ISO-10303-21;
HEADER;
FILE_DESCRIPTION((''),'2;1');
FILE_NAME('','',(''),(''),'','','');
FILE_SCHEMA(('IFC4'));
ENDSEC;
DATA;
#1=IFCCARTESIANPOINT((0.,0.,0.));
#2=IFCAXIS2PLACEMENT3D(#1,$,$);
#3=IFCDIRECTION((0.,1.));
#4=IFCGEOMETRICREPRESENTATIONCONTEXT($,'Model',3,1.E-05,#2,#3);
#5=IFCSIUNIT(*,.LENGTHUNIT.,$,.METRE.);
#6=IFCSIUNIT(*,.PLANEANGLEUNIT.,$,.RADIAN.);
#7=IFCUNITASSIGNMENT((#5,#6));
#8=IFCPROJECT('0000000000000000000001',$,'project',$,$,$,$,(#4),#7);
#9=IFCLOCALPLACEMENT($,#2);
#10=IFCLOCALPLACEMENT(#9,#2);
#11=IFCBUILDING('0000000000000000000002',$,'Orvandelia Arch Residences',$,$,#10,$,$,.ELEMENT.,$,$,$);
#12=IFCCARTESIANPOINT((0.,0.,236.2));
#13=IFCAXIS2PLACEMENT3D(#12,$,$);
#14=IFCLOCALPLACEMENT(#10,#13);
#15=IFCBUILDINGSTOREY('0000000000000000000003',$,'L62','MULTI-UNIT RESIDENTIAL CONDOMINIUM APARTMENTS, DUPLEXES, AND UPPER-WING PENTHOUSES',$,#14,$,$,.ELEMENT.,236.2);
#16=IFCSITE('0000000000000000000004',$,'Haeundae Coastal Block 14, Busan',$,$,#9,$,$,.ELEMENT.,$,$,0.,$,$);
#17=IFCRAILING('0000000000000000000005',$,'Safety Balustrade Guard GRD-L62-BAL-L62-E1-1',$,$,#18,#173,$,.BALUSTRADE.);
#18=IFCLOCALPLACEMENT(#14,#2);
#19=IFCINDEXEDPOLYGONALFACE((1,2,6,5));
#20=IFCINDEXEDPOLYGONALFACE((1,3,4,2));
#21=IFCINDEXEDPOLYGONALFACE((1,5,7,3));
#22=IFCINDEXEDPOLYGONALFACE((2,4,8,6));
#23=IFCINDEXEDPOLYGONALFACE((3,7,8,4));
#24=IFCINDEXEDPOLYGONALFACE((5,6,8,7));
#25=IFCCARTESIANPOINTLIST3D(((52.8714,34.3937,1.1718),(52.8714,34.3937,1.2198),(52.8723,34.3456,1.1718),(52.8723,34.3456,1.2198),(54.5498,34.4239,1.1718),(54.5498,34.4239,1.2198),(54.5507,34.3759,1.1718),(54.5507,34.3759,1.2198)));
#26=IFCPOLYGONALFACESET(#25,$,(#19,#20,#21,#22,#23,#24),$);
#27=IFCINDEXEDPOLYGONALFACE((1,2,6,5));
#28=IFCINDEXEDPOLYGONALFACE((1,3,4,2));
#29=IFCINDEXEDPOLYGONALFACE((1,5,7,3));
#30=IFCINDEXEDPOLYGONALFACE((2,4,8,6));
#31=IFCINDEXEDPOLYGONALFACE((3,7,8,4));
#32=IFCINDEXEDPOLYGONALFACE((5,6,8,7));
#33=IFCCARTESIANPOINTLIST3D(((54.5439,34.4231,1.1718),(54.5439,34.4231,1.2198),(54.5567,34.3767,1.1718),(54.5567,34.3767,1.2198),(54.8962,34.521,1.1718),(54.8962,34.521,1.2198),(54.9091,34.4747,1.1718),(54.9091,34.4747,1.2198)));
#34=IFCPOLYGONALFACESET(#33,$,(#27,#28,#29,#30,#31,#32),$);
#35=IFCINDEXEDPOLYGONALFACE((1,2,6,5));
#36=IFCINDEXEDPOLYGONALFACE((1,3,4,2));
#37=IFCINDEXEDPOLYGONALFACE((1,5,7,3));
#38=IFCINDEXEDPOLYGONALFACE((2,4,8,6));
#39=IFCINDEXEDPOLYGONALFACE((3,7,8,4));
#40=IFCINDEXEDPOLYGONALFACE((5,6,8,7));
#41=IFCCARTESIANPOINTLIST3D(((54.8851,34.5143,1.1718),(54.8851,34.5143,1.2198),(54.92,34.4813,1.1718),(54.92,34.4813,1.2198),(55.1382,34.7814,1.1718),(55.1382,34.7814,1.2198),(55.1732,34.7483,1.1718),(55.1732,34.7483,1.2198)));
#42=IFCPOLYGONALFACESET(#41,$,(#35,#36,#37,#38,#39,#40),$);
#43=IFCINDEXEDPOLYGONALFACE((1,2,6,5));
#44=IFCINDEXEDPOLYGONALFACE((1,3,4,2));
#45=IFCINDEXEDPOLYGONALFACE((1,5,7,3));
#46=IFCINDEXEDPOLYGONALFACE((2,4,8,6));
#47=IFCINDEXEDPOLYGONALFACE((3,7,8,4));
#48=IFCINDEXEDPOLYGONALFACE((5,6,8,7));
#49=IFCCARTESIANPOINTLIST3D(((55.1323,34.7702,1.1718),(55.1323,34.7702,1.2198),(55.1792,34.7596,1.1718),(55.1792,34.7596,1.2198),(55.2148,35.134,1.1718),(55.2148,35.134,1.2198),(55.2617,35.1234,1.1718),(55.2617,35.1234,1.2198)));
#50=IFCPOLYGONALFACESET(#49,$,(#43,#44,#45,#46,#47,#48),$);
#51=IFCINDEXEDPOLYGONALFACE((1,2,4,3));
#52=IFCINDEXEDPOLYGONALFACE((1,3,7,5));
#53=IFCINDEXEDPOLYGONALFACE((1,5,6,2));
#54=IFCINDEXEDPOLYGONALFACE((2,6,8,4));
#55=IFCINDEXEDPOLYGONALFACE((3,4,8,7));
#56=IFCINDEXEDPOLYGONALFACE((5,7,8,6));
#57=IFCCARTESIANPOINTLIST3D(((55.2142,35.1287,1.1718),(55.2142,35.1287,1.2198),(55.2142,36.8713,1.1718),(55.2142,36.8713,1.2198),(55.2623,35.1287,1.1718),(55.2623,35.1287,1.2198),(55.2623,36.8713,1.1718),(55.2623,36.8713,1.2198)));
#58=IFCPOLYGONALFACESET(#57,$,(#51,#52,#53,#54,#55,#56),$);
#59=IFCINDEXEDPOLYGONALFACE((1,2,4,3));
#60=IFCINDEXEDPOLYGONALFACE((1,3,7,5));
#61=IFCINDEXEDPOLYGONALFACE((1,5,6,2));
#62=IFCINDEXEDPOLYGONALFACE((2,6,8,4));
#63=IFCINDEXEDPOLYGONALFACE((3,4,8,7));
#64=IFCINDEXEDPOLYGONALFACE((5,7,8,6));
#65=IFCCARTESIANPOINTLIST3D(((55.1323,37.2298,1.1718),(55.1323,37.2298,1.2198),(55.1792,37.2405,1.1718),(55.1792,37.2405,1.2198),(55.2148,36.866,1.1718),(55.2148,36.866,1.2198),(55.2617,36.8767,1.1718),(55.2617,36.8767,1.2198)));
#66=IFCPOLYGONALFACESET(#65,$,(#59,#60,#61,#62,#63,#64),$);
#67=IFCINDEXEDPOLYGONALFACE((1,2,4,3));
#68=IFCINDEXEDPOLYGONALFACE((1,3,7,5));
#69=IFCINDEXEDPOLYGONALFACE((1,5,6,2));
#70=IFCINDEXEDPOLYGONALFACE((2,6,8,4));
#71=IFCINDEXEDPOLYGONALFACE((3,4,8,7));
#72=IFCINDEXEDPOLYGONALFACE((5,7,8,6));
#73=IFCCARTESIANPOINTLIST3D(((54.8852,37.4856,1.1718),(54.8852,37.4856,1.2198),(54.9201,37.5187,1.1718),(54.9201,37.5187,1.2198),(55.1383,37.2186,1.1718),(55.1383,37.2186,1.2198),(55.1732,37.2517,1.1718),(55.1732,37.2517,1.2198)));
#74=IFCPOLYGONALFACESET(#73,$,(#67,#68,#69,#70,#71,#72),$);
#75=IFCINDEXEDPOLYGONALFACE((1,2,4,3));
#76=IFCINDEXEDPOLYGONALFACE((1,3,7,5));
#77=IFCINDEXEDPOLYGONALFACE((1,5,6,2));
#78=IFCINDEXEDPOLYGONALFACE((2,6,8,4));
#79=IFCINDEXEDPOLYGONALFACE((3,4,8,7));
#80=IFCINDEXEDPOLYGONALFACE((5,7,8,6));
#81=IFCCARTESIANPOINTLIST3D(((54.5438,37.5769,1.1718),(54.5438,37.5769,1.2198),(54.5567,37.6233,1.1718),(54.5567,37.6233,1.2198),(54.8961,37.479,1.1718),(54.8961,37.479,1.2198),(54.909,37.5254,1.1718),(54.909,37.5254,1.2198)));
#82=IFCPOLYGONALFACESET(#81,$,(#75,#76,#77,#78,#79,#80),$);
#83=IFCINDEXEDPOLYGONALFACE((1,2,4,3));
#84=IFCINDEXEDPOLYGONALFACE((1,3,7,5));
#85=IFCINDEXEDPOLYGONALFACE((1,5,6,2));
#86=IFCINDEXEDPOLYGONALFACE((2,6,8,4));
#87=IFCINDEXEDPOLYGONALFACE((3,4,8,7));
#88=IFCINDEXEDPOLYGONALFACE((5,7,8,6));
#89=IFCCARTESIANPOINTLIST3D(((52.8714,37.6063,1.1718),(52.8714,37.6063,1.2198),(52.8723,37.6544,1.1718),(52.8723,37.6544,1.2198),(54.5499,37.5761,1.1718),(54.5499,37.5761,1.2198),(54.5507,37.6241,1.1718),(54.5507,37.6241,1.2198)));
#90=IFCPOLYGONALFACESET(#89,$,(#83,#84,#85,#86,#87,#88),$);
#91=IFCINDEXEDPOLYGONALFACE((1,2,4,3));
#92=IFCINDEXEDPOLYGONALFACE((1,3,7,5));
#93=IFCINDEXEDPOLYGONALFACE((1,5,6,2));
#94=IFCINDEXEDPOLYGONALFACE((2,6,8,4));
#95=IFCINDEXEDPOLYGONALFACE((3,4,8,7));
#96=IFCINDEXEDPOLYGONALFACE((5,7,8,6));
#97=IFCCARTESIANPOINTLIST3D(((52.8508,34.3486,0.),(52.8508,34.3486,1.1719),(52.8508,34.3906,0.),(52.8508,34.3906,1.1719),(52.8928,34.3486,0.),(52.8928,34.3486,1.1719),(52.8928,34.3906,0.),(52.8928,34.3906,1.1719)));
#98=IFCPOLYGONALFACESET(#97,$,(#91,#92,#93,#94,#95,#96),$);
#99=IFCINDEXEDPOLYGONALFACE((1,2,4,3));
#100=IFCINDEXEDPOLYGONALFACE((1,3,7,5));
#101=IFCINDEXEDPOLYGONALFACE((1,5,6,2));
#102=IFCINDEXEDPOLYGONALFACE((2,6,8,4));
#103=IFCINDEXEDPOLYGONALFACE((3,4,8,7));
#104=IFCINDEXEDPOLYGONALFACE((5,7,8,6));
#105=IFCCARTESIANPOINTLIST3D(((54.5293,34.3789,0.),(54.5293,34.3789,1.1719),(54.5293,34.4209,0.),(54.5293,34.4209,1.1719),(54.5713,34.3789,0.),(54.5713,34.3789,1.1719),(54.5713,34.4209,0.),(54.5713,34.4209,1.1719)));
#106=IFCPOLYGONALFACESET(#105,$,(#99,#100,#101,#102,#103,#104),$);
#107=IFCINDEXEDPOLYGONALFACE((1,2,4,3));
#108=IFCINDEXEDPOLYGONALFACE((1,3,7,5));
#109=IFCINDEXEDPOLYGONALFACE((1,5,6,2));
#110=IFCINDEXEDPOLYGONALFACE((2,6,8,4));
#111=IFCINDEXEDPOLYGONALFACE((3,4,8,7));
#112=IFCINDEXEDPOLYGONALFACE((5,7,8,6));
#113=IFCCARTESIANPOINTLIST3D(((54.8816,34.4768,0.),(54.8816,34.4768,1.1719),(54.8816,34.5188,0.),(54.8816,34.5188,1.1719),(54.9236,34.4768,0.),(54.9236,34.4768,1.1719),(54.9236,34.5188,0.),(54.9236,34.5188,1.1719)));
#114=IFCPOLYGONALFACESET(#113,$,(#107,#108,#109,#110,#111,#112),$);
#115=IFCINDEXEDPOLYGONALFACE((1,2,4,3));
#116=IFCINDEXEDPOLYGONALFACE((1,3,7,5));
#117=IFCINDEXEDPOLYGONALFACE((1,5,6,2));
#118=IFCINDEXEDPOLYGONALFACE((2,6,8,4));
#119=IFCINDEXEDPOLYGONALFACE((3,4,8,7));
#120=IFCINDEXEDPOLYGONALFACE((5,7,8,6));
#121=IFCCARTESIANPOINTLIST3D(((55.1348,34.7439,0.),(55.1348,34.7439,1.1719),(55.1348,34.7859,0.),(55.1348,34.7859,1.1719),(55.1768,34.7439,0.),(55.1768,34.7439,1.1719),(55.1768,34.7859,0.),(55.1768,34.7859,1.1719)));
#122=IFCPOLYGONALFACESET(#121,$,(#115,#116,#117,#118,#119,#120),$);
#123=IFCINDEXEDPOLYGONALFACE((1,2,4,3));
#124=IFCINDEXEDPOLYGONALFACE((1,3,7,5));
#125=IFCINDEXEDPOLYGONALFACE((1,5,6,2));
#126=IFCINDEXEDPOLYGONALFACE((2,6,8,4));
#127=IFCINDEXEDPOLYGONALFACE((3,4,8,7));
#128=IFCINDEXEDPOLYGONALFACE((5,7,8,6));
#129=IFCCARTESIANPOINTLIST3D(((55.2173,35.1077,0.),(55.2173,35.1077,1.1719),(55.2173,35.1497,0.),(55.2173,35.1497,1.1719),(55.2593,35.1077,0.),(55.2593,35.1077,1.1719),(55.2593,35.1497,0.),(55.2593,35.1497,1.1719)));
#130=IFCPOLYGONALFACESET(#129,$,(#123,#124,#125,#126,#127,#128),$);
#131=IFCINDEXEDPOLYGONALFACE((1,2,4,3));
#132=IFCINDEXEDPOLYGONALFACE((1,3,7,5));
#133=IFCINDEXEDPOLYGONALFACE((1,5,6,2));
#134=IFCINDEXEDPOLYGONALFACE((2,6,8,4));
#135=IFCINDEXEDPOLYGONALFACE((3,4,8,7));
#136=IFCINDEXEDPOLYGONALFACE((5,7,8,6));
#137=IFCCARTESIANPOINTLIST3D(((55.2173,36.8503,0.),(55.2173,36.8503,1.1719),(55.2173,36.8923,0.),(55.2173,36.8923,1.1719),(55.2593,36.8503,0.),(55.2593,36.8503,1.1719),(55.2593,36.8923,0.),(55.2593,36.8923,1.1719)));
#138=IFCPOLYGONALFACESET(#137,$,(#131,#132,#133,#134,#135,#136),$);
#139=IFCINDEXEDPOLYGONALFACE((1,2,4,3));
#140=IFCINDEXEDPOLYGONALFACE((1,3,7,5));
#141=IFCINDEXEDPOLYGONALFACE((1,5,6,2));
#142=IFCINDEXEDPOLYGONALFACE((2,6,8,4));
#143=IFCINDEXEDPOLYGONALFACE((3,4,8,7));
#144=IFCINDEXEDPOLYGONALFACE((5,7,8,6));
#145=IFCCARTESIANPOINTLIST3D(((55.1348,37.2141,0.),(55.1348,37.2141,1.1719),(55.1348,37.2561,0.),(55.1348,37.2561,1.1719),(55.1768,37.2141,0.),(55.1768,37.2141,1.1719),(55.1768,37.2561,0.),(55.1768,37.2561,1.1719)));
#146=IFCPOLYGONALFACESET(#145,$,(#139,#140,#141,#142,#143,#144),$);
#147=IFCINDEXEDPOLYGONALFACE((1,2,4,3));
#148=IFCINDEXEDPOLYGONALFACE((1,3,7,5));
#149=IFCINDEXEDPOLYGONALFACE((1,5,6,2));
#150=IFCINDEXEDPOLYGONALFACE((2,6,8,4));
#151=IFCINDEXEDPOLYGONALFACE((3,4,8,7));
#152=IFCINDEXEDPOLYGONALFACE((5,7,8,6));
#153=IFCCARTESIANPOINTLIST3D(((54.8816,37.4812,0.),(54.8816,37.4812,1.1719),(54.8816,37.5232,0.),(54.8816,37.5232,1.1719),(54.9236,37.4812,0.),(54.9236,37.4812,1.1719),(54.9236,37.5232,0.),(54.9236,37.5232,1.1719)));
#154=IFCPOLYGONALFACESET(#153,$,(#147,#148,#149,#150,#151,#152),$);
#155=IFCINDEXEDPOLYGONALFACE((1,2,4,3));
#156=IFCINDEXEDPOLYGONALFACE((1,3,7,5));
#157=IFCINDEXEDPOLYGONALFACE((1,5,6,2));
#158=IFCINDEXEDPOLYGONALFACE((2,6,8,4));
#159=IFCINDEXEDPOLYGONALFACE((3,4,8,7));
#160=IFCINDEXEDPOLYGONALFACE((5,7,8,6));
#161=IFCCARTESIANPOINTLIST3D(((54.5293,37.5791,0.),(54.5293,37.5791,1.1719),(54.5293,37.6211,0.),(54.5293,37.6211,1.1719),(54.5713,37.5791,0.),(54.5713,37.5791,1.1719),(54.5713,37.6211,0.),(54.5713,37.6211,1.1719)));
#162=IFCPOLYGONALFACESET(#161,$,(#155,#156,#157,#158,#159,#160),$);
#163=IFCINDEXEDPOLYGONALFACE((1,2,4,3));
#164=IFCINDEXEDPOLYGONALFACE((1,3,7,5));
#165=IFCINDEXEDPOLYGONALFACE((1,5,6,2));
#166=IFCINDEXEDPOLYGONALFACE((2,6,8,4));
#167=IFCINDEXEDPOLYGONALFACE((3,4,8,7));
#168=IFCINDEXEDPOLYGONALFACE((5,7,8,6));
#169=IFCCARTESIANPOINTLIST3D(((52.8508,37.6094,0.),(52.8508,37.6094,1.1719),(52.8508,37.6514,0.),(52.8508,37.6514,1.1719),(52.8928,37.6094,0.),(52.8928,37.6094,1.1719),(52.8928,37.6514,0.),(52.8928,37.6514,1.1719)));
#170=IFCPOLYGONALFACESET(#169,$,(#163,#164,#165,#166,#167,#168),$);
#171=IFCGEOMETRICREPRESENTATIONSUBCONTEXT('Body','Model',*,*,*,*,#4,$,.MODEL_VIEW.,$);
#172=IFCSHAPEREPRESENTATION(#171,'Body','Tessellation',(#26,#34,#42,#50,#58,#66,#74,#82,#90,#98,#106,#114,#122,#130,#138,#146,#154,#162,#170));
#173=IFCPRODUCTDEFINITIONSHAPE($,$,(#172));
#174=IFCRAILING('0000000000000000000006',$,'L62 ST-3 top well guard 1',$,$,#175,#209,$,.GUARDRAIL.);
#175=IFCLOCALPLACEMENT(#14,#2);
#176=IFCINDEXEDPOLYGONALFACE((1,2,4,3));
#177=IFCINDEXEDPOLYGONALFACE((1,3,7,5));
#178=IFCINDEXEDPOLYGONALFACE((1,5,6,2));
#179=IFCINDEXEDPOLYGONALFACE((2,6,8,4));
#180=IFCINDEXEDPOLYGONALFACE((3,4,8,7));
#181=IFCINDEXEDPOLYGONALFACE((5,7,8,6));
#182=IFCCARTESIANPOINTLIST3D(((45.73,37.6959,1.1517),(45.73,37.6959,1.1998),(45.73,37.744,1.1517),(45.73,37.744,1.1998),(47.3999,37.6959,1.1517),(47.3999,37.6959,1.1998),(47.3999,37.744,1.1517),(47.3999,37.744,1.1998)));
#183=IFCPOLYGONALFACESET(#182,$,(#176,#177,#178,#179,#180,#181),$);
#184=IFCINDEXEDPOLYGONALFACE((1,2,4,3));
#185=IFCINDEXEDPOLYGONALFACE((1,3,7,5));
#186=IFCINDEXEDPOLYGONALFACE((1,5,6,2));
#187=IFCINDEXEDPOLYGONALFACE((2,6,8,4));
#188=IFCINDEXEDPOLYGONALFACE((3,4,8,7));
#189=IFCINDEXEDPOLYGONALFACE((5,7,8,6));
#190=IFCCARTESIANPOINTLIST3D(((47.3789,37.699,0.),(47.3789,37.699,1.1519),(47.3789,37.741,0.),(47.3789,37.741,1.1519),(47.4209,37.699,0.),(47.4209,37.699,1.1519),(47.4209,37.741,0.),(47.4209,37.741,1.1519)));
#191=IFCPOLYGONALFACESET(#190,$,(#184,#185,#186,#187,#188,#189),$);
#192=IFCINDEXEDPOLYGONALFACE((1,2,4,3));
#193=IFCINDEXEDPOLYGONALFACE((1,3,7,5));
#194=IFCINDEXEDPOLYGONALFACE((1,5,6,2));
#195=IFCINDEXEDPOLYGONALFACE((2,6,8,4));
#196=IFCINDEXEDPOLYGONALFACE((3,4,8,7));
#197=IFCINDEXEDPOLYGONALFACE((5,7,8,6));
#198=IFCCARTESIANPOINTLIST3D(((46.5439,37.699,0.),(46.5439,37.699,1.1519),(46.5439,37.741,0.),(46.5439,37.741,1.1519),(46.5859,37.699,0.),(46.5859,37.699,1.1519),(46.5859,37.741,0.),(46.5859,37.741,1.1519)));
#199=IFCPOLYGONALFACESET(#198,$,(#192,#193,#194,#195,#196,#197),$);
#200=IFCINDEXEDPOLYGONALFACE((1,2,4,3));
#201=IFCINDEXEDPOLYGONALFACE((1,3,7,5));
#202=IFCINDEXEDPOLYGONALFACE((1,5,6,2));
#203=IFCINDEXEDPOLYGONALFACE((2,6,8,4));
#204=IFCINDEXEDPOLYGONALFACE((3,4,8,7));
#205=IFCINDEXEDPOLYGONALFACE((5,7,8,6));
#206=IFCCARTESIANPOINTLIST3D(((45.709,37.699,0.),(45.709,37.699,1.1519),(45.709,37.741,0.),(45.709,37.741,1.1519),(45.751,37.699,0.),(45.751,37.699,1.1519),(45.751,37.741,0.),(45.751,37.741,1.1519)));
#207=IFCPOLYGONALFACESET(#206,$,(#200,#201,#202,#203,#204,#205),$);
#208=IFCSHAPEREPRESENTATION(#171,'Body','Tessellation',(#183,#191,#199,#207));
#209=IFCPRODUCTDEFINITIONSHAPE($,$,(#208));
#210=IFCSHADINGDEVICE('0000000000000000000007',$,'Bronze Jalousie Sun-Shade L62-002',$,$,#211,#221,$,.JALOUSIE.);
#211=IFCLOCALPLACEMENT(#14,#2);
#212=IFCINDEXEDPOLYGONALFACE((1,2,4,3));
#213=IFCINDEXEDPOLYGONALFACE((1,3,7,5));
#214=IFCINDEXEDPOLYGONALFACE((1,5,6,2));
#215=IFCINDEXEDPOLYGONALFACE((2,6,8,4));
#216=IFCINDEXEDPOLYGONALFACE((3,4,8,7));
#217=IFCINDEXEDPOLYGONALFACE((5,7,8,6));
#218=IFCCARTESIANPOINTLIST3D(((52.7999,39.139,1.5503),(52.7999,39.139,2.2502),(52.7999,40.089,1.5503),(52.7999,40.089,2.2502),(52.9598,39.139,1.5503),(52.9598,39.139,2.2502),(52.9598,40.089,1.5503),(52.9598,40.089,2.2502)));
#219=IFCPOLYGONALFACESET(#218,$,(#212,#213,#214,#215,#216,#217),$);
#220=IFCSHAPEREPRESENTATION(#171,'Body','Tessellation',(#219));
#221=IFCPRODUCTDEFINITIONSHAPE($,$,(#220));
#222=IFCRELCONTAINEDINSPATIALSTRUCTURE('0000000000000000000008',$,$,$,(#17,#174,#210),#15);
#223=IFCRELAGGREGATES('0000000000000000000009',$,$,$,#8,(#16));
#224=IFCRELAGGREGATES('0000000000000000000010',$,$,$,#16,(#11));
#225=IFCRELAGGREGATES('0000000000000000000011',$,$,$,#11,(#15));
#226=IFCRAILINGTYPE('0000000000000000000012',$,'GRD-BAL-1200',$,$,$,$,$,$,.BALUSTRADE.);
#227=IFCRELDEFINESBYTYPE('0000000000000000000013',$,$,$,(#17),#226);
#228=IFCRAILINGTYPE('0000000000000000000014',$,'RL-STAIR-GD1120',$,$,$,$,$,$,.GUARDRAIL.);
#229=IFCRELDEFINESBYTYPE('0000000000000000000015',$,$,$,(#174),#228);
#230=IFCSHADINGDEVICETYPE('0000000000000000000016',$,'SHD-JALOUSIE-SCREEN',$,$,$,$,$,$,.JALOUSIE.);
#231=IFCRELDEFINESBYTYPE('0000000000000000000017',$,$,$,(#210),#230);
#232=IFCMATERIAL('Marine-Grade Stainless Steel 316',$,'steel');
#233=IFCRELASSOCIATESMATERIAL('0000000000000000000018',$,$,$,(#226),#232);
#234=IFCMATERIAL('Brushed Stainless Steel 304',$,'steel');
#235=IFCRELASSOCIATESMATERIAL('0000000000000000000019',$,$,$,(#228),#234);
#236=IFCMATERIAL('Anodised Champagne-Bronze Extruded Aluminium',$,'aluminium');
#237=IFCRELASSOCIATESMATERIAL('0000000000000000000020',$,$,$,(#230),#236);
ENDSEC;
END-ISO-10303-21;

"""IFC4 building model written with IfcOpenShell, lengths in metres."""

from ifc_helpers import new_model, si_unit, direction, frame, origin, origin_2d, place, context, subcontext, project, spatial, rectangle, extrude, material, type_object, element, save


model = new_model("IFC4")

# Units and contexts
model_context = context("Model", 3, precision=1e-05, world=origin(), true_north=direction((0.0, 1.0)))
body_context = subcontext(model_context, "Body", "Model", "MODEL_VIEW")
ifc_project = project(units=[si_unit("LENGTHUNIT", "METRE"), si_unit("PLANEANGLEUNIT", "RADIAN")], contexts=[model_context])

# Site, building, storey
site_placement = place(None, origin())
site = spatial("IfcSite", under=ifc_project, at=site_placement, Name="Haeundae Coastal Block 14, Busan", CompositionType="ELEMENT", RefElevation=0.0)
building_placement = place(site_placement, origin())
building = spatial("IfcBuilding", under=site, at=building_placement, Name="Orvandelia Arch Residences", CompositionType="ELEMENT")
storey_placement = place(building_placement, frame((0.0, 0.0, 236.2)))
storey = spatial("IfcBuildingStorey", under=building, at=storey_placement, Name="L62", Description="MULTI-UNIT RESIDENTIAL CONDOMINIUM APARTMENTS, DUPLEXES, AND UPPER-WING PENTHOUSES", CompositionType="ELEMENT", Elevation=236.2)

# Railings
ifc_material_1 = material(Name="Marine-Grade Stainless Steel 316", Category="steel")
railing_type_1 = type_object("IfcRailingType", Name="GRD-BAL-1200", PredefinedType="BALUSTRADE", material=ifc_material_1)
railing_1_placement = place(storey_placement, frame((52.8718, 34.3696, 0.0)))
element("IfcRailing", 1, at=railing_1_placement, inside=storey, type_object=railing_type_1, Name="Safety Balustrade Guard GRD-L62-BAL-L62-E1-1", PredefinedType="BALUSTRADE", context=body_context, shape_type="SweptSolid", body=[
    extrude(rectangle(XDim=0.0481, YDim=0.0481, at=origin_2d()), frame((0.0, 0.0, 1.1958), z_axis=(0.999837, 0.018033, 0.0), x_axis=(-0.018033, 0.999837, 0.0)), (0.0, 0.0, 1.0), 1.6787),
    extrude(rectangle(XDim=0.0481, YDim=0.0481, at=origin_2d()), frame((1.6785, 0.0303, 1.1958), z_axis=(0.963489, 0.267747, 0.0), x_axis=(-0.267747, 0.963489, 0.0)), (0.0, 0.0, 1.0), 0.3657),
    extrude(rectangle(XDim=0.0481, YDim=0.0481, at=origin_2d()), frame((2.0308, 0.1282, 1.1958), z_axis=(0.687947, 0.725761, 0.0), x_axis=(-0.725761, 0.687947, 0.0)), (0.0, 0.0, 1.0), 0.3679),
    extrude(rectangle(XDim=0.0481, YDim=0.0481, at=origin_2d()), frame((2.2839, 0.3953, 1.1958), z_axis=(0.221225, 0.975223, 0.0), x_axis=(-0.975223, 0.221225, 0.0)), (0.0, 0.0, 1.0), 0.373),
    extrude(rectangle(XDim=0.0481, YDim=0.0481, at=origin_2d()), frame((2.3665, 0.759, 1.1958), z_axis=(0.0, 1.0, 0.0), x_axis=(-1.0, 0.0, 0.0)), (0.0, 0.0, 1.0), 1.7427),
    extrude(rectangle(XDim=0.0481, YDim=0.0481, at=origin_2d()), frame((2.3665, 2.5017, 1.1958), z_axis=(-0.221225, 0.975223, 0.0), x_axis=(-0.975223, -0.221225, 0.0)), (0.0, 0.0, 1.0), 0.373),
    extrude(rectangle(XDim=0.0481, YDim=0.0481, at=origin_2d()), frame((2.2839, 2.8655, 1.1958), z_axis=(-0.687947, 0.725761, 0.0), x_axis=(-0.725761, -0.687947, 0.0)), (0.0, 0.0, 1.0), 0.3679),
    extrude(rectangle(XDim=0.0481, YDim=0.0481, at=origin_2d()), frame((2.0308, 3.1326, 1.1958), z_axis=(-0.963489, 0.267747, 0.0), x_axis=(-0.267747, -0.963489, 0.0)), (0.0, 0.0, 1.0), 0.3657),
    extrude(rectangle(XDim=0.0481, YDim=0.0481, at=origin_2d()), frame((1.6785, 3.2305, 1.1958), z_axis=(-0.999837, 0.018033, 0.0), x_axis=(-0.018033, -0.999837, 0.0)), (0.0, 0.0, 1.0), 1.6787),
    extrude(rectangle(XDim=0.042, YDim=0.042, at=origin_2d()), origin(), (0.0, 0.0, 1.0), 1.1719),
    extrude(rectangle(XDim=0.042, YDim=0.042, at=origin_2d()), frame((1.6785, 0.0303, 0.0)), (0.0, 0.0, 1.0), 1.1719),
    extrude(rectangle(XDim=0.042, YDim=0.042, at=origin_2d()), frame((2.0308, 0.1282, 0.0)), (0.0, 0.0, 1.0), 1.1719),
    extrude(rectangle(XDim=0.042, YDim=0.042, at=origin_2d()), frame((2.2839, 0.3953, 0.0)), (0.0, 0.0, 1.0), 1.1719),
    extrude(rectangle(XDim=0.042, YDim=0.042, at=origin_2d()), frame((2.3665, 0.759, 0.0)), (0.0, 0.0, 1.0), 1.1719),
    extrude(rectangle(XDim=0.042, YDim=0.042, at=origin_2d()), frame((2.3665, 2.5017, 0.0)), (0.0, 0.0, 1.0), 1.1719),
    extrude(rectangle(XDim=0.042, YDim=0.042, at=origin_2d()), frame((2.2839, 2.8655, 0.0)), (0.0, 0.0, 1.0), 1.1719),
    extrude(rectangle(XDim=0.042, YDim=0.042, at=origin_2d()), frame((2.0308, 3.1326, 0.0)), (0.0, 0.0, 1.0), 1.1719),
    extrude(rectangle(XDim=0.042, YDim=0.042, at=origin_2d()), frame((1.6785, 3.2305, 0.0)), (0.0, 0.0, 1.0), 1.1719),
    extrude(rectangle(XDim=0.042, YDim=0.042, at=origin_2d()), frame((0.0, 3.2607, 0.0)), (0.0, 0.0, 1.0), 1.1719),
])
ifc_material_2 = material(Name="Brushed Stainless Steel 304", Category="steel")
railing_type_2 = type_object("IfcRailingType", Name="RL-STAIR-GD1120", PredefinedType="GUARDRAIL", material=ifc_material_2)
railing_2_placement = place(storey_placement, frame((47.3999, 37.72, 0.0)))
element("IfcRailing", 2, at=railing_2_placement, inside=storey, type_object=railing_type_2, Name="L62 ST-3 top well guard 1", PredefinedType="GUARDRAIL", context=body_context, shape_type="SweptSolid", body=[
    extrude(rectangle(XDim=0.0481, YDim=0.0481, at=origin_2d()), frame((0.0, 0.0, 1.1758), z_axis=(-1.0, 0.0, 0.0), x_axis=(0.0, -1.0, 0.0)), (0.0, 0.0, 1.0), 1.6699),
    extrude(rectangle(XDim=0.042, YDim=0.042, at=origin_2d()), origin(), (0.0, 0.0, 1.0), 1.1519),
    extrude(rectangle(XDim=0.042, YDim=0.042, at=origin_2d()), frame((-0.835, 0.0, 0.0)), (0.0, 0.0, 1.0), 1.1519),
    extrude(rectangle(XDim=0.042, YDim=0.042, at=origin_2d()), frame((-1.6699, 0.0, 0.0)), (0.0, 0.0, 1.0), 1.1519),
])

# Shading device
ifc_material_3 = material(Name="Anodised Champagne-Bronze Extruded Aluminium", Category="aluminium")
shading_device_type = type_object("IfcShadingDeviceType", Name="SHD-JALOUSIE-SCREEN", PredefinedType="JALOUSIE", material=ifc_material_3)
shading_device_placement = place(storey_placement, frame((52.8799, 39.614, 1.5503), z_axis=(0.0, 0.0, 1.0), x_axis=(0.0, -1.0, 0.0)))
element("IfcShadingDevice", 3, at=shading_device_placement, inside=storey, type_object=shading_device_type, Name="Bronze Jalousie Sun-Shade L62-002", PredefinedType="JALOUSIE", context=body_context, shape_type="SweptSolid", body=[
    extrude(rectangle(XDim=0.95, YDim=0.1599, at=origin_2d()), origin(), (0.0, 0.0, 1.0), 0.7),
])

save(model, "model.ifc")
